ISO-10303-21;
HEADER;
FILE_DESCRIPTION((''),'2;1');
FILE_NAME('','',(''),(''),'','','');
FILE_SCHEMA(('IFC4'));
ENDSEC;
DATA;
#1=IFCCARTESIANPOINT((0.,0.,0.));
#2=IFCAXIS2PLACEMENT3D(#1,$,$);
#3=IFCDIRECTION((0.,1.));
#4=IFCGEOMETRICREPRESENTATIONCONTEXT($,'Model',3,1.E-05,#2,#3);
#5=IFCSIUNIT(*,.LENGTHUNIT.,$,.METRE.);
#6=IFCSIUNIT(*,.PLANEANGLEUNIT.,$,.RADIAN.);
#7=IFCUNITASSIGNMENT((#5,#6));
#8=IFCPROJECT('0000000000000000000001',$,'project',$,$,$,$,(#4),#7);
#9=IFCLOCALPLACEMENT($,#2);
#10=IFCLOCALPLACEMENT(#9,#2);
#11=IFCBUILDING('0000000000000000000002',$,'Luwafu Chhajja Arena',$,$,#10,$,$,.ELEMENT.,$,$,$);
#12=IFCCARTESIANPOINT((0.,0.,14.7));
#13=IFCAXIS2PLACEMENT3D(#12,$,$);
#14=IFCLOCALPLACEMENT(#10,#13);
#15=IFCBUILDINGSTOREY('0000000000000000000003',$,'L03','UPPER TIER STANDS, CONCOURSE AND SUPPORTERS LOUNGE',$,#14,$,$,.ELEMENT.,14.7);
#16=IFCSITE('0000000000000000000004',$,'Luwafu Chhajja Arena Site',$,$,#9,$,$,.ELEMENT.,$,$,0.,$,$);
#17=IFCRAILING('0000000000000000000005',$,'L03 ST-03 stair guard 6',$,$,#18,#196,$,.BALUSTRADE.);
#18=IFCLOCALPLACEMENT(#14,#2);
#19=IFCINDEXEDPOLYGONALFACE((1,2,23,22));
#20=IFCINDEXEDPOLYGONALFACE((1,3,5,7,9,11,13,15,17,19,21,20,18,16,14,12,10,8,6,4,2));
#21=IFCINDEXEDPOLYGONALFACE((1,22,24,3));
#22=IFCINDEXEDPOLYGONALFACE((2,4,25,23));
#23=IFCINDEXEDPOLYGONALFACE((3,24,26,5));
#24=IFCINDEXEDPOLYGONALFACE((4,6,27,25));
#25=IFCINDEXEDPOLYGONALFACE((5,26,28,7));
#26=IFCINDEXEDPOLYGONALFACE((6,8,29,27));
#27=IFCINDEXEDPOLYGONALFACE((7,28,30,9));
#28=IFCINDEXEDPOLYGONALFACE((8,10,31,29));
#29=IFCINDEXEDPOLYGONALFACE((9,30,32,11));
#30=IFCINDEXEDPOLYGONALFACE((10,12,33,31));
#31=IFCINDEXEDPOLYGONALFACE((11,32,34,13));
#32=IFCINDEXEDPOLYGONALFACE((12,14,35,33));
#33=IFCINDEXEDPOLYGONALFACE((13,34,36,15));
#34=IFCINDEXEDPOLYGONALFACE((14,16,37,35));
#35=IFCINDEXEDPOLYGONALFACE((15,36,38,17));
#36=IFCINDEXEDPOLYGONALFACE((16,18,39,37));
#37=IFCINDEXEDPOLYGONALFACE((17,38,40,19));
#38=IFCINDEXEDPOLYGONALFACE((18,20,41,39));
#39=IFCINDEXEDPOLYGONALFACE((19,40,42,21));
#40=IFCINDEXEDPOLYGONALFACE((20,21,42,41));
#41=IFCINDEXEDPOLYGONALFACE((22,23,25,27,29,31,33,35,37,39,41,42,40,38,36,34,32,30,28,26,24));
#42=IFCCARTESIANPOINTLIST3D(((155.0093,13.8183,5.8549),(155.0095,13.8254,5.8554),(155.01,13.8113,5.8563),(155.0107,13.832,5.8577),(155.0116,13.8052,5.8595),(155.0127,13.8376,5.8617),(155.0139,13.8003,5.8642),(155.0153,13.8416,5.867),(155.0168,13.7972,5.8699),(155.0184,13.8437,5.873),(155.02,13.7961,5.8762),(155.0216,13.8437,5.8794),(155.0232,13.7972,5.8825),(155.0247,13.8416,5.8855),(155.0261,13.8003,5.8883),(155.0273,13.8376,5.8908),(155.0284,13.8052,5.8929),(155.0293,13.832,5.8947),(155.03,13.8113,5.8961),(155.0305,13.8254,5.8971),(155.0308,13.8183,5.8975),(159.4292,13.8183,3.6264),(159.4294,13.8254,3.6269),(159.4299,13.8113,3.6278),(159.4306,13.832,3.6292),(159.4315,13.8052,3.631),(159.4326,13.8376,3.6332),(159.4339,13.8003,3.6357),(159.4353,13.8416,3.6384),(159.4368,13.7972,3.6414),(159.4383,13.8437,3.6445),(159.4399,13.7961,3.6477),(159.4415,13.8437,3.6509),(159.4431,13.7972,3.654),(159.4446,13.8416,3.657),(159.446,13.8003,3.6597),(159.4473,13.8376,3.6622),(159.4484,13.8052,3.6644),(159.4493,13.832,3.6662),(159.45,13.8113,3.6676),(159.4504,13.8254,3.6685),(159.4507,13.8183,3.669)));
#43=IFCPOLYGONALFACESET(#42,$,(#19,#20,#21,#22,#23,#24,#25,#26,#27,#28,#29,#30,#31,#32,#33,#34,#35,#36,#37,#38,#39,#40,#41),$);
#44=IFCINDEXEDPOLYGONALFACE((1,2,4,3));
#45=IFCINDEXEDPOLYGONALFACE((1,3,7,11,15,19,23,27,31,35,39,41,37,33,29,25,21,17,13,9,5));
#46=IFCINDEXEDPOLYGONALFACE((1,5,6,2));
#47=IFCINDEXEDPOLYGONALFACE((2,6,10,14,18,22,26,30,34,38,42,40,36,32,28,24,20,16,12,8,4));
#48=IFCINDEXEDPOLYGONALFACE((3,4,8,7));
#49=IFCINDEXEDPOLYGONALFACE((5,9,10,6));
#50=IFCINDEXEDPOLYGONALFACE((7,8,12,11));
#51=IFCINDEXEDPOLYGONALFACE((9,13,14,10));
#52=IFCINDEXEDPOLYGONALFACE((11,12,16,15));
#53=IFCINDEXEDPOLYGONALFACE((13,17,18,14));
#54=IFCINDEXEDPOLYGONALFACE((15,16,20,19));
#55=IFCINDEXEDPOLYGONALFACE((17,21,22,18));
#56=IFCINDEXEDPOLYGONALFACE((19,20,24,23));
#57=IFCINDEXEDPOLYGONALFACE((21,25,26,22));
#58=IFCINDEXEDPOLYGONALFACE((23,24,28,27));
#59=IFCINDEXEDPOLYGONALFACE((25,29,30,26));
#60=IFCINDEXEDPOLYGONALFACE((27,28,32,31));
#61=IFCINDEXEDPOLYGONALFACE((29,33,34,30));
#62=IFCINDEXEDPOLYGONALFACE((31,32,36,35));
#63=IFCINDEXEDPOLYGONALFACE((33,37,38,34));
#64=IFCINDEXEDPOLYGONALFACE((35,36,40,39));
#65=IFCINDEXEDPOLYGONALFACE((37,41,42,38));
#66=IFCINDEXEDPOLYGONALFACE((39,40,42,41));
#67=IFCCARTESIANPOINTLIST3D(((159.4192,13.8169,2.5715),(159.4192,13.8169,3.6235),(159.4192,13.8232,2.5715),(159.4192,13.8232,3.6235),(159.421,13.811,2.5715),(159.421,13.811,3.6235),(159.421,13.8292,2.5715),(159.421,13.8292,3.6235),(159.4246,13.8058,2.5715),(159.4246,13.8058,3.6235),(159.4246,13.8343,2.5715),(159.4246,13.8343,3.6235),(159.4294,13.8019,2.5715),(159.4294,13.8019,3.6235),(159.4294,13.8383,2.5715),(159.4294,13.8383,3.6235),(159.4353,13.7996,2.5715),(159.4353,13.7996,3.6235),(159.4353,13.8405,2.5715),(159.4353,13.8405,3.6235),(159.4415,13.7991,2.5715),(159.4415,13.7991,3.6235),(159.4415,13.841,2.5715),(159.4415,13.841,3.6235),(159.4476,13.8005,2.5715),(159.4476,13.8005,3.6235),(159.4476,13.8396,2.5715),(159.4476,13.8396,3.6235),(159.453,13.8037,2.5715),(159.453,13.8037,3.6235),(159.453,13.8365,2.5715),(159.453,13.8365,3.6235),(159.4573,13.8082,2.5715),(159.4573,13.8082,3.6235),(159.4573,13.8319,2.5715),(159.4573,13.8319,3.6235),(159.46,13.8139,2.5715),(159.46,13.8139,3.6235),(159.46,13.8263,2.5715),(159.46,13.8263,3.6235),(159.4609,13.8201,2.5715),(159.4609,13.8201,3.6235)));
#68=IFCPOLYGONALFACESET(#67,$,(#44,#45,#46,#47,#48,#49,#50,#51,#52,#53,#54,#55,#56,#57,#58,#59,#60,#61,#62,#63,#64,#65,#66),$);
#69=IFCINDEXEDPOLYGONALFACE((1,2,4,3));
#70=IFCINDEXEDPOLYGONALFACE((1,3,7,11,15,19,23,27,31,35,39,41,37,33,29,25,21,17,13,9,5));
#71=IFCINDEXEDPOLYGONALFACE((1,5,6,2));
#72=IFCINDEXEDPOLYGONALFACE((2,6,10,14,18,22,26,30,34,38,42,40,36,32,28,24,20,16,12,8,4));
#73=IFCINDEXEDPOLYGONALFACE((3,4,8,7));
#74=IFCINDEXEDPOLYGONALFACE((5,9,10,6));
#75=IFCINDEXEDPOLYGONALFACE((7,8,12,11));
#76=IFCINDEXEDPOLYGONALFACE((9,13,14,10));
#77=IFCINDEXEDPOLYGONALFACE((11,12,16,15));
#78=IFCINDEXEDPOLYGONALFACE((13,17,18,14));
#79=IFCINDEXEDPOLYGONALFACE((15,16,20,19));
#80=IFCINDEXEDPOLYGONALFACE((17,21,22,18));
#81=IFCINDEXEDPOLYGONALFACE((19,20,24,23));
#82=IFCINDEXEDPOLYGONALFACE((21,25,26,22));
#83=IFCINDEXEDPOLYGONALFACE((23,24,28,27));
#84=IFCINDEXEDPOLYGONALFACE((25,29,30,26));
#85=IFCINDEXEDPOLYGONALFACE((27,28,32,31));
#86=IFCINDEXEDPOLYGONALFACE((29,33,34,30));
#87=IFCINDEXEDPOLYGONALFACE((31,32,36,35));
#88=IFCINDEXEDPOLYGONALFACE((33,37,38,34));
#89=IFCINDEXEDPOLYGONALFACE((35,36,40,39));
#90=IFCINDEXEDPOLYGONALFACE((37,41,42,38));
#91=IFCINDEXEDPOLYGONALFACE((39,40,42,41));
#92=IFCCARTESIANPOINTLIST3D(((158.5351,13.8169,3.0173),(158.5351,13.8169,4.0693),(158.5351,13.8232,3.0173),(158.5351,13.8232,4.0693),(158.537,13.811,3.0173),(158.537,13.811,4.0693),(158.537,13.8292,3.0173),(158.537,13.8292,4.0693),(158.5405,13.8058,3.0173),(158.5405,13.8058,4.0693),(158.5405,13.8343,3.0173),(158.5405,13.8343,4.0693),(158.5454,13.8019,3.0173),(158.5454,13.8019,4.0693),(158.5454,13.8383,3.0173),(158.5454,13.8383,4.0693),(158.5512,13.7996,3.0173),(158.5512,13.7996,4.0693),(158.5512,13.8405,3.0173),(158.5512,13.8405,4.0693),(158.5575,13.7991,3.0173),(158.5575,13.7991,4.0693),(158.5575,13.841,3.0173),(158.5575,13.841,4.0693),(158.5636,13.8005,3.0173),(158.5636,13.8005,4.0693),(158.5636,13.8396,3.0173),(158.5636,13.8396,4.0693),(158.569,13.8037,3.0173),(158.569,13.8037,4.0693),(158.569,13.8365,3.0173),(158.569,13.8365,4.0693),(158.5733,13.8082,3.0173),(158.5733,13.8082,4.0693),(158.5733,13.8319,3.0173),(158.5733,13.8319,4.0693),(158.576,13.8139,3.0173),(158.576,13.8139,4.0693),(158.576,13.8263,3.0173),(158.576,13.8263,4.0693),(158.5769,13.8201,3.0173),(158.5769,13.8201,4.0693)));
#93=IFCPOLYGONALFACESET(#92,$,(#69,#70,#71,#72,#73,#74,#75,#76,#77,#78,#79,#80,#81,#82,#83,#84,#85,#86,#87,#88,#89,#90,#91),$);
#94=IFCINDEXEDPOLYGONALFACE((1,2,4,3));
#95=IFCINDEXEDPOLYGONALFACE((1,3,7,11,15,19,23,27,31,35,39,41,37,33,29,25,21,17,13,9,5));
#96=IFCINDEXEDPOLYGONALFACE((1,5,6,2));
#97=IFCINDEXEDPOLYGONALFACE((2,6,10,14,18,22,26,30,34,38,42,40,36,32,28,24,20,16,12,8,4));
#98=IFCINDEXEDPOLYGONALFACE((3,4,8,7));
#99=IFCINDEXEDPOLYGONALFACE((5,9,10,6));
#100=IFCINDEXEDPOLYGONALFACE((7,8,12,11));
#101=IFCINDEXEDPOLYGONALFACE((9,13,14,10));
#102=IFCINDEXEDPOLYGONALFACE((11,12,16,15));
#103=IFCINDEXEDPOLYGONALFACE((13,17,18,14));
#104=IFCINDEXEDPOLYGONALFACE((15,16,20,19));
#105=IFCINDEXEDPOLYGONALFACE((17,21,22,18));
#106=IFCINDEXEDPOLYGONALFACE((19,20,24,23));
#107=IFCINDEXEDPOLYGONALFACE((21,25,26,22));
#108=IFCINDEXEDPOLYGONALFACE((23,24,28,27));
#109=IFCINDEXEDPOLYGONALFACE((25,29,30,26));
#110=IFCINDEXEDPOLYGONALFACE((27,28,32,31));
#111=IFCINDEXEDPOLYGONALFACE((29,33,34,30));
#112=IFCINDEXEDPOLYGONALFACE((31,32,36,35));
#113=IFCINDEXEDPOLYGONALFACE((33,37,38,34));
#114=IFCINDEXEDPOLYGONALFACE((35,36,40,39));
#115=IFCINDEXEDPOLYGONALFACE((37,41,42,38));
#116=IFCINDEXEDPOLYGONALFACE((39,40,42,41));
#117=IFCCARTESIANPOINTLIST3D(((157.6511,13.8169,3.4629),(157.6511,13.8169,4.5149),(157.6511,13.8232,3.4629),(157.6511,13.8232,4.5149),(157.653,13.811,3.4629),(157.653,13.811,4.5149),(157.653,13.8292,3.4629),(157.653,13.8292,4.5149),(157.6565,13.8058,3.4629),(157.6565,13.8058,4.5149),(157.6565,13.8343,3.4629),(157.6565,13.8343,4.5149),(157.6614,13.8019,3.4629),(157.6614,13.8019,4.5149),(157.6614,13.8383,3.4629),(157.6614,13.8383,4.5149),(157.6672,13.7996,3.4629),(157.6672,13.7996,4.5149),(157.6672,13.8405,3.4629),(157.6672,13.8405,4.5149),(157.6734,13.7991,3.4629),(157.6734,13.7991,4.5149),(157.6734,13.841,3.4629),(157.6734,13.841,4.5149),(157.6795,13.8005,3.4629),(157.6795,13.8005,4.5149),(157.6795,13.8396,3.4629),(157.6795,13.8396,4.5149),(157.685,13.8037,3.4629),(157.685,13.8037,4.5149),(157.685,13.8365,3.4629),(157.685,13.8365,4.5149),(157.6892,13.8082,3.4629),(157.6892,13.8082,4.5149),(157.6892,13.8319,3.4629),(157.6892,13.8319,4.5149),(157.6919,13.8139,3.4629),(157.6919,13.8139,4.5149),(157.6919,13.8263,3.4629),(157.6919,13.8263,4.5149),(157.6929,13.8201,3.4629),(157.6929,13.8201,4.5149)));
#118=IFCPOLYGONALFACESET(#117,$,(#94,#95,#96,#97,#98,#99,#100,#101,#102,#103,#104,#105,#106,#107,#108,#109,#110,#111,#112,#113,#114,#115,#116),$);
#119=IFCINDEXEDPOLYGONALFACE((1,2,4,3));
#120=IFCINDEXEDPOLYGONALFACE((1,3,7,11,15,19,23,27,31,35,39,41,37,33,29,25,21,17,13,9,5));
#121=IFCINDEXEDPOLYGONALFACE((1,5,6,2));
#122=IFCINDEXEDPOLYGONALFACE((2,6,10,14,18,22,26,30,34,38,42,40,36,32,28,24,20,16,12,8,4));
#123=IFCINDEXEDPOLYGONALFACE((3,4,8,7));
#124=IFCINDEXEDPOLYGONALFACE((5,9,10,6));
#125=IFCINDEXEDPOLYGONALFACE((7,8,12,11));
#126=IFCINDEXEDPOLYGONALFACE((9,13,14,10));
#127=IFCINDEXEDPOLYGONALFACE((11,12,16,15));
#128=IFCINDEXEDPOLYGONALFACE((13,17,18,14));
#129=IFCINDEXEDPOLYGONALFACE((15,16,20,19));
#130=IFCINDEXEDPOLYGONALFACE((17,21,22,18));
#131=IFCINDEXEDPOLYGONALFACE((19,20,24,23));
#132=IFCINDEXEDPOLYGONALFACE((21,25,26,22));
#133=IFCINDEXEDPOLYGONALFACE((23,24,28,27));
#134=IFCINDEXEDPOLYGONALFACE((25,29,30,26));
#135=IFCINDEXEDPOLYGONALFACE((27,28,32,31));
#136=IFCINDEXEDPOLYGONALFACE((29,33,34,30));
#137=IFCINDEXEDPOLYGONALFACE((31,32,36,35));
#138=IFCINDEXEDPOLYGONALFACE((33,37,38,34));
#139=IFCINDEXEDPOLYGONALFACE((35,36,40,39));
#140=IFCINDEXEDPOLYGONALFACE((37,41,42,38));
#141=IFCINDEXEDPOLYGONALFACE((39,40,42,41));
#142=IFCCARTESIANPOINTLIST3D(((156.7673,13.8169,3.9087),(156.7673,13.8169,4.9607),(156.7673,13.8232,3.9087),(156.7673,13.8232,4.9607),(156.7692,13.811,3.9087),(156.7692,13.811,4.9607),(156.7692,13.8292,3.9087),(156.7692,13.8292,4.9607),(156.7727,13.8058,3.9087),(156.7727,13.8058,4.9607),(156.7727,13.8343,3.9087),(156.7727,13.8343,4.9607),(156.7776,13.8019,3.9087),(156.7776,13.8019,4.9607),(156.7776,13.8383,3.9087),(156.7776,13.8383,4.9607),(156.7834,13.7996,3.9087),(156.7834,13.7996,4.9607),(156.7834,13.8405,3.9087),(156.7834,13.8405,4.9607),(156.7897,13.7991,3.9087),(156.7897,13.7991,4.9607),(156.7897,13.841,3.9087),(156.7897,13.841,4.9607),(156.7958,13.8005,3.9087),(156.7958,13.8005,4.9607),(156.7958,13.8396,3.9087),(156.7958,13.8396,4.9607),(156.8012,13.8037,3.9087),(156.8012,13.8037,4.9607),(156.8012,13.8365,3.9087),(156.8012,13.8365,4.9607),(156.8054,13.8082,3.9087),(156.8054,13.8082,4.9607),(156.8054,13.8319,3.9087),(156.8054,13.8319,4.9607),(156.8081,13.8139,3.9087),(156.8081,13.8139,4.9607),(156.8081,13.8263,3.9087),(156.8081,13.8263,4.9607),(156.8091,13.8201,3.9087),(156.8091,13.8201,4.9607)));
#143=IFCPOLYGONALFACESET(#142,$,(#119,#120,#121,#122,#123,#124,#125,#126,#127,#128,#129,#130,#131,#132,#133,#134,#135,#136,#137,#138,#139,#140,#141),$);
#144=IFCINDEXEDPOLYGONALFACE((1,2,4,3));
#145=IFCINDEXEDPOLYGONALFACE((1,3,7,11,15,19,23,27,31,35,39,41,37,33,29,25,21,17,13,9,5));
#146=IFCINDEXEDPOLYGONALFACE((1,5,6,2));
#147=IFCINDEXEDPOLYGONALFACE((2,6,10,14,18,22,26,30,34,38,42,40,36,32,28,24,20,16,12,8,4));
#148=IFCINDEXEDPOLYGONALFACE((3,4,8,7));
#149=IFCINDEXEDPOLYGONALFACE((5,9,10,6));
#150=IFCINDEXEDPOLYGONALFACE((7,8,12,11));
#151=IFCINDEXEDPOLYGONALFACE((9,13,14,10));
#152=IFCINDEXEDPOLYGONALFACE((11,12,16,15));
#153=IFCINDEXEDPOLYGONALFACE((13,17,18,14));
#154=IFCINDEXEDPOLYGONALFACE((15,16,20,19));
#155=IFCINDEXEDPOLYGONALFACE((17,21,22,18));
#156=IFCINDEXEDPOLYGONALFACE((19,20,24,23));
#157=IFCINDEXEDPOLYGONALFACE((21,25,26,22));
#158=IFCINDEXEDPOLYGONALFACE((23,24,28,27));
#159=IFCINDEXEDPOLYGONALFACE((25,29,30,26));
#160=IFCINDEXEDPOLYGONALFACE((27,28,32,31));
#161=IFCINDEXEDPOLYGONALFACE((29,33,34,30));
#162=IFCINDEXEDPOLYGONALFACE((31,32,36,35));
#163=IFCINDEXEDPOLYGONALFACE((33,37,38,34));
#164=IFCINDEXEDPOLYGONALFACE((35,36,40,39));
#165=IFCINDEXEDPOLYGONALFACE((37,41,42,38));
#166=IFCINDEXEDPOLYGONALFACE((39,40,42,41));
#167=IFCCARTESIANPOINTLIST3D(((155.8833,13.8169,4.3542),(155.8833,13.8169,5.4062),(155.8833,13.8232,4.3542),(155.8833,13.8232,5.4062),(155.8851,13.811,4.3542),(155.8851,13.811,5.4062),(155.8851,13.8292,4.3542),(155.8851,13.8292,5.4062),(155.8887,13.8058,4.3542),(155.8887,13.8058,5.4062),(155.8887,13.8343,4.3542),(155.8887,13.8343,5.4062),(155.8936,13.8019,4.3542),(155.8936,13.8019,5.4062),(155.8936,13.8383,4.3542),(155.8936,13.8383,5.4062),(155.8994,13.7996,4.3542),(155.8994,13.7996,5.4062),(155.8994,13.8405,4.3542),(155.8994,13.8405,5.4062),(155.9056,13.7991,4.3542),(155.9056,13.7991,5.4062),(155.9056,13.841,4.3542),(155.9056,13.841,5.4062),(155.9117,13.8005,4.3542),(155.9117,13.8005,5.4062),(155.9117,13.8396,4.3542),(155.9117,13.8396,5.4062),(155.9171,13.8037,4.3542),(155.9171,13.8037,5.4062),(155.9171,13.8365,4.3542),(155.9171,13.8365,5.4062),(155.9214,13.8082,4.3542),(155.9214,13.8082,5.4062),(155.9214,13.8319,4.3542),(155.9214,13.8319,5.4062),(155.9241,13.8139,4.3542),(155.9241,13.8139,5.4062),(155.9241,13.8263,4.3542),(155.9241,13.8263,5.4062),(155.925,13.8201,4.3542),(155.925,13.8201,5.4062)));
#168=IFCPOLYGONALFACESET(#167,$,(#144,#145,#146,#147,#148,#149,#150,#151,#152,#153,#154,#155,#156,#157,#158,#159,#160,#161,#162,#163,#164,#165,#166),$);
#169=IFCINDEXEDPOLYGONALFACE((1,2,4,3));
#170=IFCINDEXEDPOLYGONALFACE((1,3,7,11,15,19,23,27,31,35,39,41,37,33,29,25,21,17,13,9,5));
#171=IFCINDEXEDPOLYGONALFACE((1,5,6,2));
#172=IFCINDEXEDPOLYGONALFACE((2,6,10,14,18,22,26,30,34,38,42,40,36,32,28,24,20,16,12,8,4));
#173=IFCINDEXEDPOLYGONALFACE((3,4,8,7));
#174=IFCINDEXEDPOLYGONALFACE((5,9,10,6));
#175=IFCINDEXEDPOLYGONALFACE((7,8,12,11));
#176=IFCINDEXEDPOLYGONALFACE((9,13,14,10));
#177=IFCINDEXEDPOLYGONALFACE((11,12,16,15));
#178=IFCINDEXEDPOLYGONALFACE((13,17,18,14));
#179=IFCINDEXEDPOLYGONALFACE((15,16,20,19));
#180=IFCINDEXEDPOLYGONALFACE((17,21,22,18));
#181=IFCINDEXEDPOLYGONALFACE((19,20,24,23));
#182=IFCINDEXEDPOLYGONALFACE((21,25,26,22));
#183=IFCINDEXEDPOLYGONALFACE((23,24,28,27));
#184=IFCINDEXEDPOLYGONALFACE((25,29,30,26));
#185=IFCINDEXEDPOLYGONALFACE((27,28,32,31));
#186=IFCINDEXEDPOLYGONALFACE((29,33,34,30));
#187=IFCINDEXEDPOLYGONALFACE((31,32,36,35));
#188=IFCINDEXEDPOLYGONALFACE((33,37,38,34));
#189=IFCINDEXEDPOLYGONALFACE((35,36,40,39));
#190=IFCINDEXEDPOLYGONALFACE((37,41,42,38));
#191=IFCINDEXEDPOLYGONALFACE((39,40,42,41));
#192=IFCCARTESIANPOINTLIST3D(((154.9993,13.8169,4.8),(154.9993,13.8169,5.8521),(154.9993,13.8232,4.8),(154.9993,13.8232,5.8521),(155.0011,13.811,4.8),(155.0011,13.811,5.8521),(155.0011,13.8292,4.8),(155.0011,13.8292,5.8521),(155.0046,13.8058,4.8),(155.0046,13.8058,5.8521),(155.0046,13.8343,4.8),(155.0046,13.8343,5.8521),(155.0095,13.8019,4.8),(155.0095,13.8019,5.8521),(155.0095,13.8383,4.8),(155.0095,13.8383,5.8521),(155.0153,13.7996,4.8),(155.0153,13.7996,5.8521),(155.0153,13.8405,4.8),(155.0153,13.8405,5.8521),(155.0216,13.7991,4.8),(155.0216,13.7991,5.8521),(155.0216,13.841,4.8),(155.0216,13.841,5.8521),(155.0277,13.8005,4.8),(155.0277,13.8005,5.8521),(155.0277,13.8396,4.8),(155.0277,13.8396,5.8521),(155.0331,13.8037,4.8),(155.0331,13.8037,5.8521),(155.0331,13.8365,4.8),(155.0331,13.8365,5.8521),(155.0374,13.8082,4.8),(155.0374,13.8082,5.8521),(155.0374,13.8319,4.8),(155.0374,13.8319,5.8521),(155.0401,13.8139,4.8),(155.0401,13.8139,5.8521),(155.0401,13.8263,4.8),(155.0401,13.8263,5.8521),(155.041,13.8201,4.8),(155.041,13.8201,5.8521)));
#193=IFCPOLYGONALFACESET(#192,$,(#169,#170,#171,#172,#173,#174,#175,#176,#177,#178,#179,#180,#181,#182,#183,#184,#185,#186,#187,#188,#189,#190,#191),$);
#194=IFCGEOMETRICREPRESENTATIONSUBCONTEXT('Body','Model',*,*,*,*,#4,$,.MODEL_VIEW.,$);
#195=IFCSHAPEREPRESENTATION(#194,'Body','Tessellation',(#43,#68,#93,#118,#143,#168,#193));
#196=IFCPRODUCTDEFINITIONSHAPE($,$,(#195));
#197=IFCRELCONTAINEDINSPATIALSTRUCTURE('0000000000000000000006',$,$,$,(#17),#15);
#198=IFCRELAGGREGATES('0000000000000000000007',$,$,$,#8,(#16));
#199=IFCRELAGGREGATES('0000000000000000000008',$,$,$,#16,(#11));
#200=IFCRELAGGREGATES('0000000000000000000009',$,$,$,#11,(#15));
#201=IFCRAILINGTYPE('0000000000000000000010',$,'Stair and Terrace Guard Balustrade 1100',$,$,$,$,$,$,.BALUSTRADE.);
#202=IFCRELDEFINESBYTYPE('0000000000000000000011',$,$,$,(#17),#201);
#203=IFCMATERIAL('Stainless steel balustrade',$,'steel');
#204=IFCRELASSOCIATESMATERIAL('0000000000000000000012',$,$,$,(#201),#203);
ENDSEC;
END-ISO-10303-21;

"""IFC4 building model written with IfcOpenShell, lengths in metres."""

from ifc_helpers import new_model, si_unit, direction, frame, origin, origin_2d, place, context, subcontext, project, spatial, circle, extrude, material, type_object, element, save


model = new_model("IFC4")

# Units and contexts
model_context = context("Model", 3, precision=1e-05, world=origin(), true_north=direction((0.0, 1.0)))
body_context = subcontext(model_context, "Body", "Model", "MODEL_VIEW")
ifc_project = project(units=[si_unit("LENGTHUNIT", "METRE"), si_unit("PLANEANGLEUNIT", "RADIAN")], contexts=[model_context])

# Site, building, storey
site_placement = place(None, origin())
site = spatial("IfcSite", under=ifc_project, at=site_placement, Name="Luwafu Chhajja Arena Site", CompositionType="ELEMENT", RefElevation=0.0)
building_placement = place(site_placement, origin())
building = spatial("IfcBuilding", under=site, at=building_placement, Name="Luwafu Chhajja Arena", CompositionType="ELEMENT")
storey_placement = place(building_placement, frame((0.0, 0.0, 14.7)))
storey = spatial("IfcBuildingStorey", under=building, at=storey_placement, Name="L03", Description="UPPER TIER STANDS, CONCOURSE AND SUPPORTERS LOUNGE", CompositionType="ELEMENT", Elevation=14.7)

# Railing
ifc_material_1 = material(Name="Stainless steel balustrade", Category="steel")
railing_type_1 = type_object("IfcRailingType", Name="Stair and Terrace Guard Balustrade 1100", PredefinedType="BALUSTRADE", material=ifc_material_1)
railing_1_placement = place(storey_placement, frame((159.4399, 13.8201, 2.5715)))
element("IfcRailing", 1, at=railing_1_placement, inside=storey, type_object=railing_type_1, Name="L03 ST-03 stair guard 6", PredefinedType="BALUSTRADE", context=body_context, shape_type="SweptSolid", body=[
    extrude(circle(Radius=0.0239, at=origin_2d()), frame((0.0, 0.0, 1.0762), z_axis=(-0.892923, 0.0, 0.45021), x_axis=(0.0, -1.0, 0.0)), (0.0, 0.0, 1.0), 4.95),
    extrude(circle(Radius=0.021, at=origin_2d()), origin(), (0.0, 0.0, 1.0), 1.052),
    extrude(circle(Radius=0.021, at=origin_2d()), frame((-0.884, 0.0, 0.4458)), (0.0, 0.0, 1.0), 1.052),
    extrude(circle(Radius=0.021, at=origin_2d()), frame((-1.7681, 0.0, 0.8914)), (0.0, 0.0, 1.0), 1.052),
    extrude(circle(Radius=0.021, at=origin_2d()), frame((-2.6519, 0.0, 1.3372)), (0.0, 0.0, 1.0), 1.052),
    extrude(circle(Radius=0.021, at=origin_2d()), frame((-3.5359, 0.0, 1.7827)), (0.0, 0.0, 1.0), 1.052),
    extrude(circle(Radius=0.021, at=origin_2d()), frame((-4.4199, 0.0, 2.2285)), (0.0, 0.0, 1.0), 1.052),
])

save(model, "model.ifc")
